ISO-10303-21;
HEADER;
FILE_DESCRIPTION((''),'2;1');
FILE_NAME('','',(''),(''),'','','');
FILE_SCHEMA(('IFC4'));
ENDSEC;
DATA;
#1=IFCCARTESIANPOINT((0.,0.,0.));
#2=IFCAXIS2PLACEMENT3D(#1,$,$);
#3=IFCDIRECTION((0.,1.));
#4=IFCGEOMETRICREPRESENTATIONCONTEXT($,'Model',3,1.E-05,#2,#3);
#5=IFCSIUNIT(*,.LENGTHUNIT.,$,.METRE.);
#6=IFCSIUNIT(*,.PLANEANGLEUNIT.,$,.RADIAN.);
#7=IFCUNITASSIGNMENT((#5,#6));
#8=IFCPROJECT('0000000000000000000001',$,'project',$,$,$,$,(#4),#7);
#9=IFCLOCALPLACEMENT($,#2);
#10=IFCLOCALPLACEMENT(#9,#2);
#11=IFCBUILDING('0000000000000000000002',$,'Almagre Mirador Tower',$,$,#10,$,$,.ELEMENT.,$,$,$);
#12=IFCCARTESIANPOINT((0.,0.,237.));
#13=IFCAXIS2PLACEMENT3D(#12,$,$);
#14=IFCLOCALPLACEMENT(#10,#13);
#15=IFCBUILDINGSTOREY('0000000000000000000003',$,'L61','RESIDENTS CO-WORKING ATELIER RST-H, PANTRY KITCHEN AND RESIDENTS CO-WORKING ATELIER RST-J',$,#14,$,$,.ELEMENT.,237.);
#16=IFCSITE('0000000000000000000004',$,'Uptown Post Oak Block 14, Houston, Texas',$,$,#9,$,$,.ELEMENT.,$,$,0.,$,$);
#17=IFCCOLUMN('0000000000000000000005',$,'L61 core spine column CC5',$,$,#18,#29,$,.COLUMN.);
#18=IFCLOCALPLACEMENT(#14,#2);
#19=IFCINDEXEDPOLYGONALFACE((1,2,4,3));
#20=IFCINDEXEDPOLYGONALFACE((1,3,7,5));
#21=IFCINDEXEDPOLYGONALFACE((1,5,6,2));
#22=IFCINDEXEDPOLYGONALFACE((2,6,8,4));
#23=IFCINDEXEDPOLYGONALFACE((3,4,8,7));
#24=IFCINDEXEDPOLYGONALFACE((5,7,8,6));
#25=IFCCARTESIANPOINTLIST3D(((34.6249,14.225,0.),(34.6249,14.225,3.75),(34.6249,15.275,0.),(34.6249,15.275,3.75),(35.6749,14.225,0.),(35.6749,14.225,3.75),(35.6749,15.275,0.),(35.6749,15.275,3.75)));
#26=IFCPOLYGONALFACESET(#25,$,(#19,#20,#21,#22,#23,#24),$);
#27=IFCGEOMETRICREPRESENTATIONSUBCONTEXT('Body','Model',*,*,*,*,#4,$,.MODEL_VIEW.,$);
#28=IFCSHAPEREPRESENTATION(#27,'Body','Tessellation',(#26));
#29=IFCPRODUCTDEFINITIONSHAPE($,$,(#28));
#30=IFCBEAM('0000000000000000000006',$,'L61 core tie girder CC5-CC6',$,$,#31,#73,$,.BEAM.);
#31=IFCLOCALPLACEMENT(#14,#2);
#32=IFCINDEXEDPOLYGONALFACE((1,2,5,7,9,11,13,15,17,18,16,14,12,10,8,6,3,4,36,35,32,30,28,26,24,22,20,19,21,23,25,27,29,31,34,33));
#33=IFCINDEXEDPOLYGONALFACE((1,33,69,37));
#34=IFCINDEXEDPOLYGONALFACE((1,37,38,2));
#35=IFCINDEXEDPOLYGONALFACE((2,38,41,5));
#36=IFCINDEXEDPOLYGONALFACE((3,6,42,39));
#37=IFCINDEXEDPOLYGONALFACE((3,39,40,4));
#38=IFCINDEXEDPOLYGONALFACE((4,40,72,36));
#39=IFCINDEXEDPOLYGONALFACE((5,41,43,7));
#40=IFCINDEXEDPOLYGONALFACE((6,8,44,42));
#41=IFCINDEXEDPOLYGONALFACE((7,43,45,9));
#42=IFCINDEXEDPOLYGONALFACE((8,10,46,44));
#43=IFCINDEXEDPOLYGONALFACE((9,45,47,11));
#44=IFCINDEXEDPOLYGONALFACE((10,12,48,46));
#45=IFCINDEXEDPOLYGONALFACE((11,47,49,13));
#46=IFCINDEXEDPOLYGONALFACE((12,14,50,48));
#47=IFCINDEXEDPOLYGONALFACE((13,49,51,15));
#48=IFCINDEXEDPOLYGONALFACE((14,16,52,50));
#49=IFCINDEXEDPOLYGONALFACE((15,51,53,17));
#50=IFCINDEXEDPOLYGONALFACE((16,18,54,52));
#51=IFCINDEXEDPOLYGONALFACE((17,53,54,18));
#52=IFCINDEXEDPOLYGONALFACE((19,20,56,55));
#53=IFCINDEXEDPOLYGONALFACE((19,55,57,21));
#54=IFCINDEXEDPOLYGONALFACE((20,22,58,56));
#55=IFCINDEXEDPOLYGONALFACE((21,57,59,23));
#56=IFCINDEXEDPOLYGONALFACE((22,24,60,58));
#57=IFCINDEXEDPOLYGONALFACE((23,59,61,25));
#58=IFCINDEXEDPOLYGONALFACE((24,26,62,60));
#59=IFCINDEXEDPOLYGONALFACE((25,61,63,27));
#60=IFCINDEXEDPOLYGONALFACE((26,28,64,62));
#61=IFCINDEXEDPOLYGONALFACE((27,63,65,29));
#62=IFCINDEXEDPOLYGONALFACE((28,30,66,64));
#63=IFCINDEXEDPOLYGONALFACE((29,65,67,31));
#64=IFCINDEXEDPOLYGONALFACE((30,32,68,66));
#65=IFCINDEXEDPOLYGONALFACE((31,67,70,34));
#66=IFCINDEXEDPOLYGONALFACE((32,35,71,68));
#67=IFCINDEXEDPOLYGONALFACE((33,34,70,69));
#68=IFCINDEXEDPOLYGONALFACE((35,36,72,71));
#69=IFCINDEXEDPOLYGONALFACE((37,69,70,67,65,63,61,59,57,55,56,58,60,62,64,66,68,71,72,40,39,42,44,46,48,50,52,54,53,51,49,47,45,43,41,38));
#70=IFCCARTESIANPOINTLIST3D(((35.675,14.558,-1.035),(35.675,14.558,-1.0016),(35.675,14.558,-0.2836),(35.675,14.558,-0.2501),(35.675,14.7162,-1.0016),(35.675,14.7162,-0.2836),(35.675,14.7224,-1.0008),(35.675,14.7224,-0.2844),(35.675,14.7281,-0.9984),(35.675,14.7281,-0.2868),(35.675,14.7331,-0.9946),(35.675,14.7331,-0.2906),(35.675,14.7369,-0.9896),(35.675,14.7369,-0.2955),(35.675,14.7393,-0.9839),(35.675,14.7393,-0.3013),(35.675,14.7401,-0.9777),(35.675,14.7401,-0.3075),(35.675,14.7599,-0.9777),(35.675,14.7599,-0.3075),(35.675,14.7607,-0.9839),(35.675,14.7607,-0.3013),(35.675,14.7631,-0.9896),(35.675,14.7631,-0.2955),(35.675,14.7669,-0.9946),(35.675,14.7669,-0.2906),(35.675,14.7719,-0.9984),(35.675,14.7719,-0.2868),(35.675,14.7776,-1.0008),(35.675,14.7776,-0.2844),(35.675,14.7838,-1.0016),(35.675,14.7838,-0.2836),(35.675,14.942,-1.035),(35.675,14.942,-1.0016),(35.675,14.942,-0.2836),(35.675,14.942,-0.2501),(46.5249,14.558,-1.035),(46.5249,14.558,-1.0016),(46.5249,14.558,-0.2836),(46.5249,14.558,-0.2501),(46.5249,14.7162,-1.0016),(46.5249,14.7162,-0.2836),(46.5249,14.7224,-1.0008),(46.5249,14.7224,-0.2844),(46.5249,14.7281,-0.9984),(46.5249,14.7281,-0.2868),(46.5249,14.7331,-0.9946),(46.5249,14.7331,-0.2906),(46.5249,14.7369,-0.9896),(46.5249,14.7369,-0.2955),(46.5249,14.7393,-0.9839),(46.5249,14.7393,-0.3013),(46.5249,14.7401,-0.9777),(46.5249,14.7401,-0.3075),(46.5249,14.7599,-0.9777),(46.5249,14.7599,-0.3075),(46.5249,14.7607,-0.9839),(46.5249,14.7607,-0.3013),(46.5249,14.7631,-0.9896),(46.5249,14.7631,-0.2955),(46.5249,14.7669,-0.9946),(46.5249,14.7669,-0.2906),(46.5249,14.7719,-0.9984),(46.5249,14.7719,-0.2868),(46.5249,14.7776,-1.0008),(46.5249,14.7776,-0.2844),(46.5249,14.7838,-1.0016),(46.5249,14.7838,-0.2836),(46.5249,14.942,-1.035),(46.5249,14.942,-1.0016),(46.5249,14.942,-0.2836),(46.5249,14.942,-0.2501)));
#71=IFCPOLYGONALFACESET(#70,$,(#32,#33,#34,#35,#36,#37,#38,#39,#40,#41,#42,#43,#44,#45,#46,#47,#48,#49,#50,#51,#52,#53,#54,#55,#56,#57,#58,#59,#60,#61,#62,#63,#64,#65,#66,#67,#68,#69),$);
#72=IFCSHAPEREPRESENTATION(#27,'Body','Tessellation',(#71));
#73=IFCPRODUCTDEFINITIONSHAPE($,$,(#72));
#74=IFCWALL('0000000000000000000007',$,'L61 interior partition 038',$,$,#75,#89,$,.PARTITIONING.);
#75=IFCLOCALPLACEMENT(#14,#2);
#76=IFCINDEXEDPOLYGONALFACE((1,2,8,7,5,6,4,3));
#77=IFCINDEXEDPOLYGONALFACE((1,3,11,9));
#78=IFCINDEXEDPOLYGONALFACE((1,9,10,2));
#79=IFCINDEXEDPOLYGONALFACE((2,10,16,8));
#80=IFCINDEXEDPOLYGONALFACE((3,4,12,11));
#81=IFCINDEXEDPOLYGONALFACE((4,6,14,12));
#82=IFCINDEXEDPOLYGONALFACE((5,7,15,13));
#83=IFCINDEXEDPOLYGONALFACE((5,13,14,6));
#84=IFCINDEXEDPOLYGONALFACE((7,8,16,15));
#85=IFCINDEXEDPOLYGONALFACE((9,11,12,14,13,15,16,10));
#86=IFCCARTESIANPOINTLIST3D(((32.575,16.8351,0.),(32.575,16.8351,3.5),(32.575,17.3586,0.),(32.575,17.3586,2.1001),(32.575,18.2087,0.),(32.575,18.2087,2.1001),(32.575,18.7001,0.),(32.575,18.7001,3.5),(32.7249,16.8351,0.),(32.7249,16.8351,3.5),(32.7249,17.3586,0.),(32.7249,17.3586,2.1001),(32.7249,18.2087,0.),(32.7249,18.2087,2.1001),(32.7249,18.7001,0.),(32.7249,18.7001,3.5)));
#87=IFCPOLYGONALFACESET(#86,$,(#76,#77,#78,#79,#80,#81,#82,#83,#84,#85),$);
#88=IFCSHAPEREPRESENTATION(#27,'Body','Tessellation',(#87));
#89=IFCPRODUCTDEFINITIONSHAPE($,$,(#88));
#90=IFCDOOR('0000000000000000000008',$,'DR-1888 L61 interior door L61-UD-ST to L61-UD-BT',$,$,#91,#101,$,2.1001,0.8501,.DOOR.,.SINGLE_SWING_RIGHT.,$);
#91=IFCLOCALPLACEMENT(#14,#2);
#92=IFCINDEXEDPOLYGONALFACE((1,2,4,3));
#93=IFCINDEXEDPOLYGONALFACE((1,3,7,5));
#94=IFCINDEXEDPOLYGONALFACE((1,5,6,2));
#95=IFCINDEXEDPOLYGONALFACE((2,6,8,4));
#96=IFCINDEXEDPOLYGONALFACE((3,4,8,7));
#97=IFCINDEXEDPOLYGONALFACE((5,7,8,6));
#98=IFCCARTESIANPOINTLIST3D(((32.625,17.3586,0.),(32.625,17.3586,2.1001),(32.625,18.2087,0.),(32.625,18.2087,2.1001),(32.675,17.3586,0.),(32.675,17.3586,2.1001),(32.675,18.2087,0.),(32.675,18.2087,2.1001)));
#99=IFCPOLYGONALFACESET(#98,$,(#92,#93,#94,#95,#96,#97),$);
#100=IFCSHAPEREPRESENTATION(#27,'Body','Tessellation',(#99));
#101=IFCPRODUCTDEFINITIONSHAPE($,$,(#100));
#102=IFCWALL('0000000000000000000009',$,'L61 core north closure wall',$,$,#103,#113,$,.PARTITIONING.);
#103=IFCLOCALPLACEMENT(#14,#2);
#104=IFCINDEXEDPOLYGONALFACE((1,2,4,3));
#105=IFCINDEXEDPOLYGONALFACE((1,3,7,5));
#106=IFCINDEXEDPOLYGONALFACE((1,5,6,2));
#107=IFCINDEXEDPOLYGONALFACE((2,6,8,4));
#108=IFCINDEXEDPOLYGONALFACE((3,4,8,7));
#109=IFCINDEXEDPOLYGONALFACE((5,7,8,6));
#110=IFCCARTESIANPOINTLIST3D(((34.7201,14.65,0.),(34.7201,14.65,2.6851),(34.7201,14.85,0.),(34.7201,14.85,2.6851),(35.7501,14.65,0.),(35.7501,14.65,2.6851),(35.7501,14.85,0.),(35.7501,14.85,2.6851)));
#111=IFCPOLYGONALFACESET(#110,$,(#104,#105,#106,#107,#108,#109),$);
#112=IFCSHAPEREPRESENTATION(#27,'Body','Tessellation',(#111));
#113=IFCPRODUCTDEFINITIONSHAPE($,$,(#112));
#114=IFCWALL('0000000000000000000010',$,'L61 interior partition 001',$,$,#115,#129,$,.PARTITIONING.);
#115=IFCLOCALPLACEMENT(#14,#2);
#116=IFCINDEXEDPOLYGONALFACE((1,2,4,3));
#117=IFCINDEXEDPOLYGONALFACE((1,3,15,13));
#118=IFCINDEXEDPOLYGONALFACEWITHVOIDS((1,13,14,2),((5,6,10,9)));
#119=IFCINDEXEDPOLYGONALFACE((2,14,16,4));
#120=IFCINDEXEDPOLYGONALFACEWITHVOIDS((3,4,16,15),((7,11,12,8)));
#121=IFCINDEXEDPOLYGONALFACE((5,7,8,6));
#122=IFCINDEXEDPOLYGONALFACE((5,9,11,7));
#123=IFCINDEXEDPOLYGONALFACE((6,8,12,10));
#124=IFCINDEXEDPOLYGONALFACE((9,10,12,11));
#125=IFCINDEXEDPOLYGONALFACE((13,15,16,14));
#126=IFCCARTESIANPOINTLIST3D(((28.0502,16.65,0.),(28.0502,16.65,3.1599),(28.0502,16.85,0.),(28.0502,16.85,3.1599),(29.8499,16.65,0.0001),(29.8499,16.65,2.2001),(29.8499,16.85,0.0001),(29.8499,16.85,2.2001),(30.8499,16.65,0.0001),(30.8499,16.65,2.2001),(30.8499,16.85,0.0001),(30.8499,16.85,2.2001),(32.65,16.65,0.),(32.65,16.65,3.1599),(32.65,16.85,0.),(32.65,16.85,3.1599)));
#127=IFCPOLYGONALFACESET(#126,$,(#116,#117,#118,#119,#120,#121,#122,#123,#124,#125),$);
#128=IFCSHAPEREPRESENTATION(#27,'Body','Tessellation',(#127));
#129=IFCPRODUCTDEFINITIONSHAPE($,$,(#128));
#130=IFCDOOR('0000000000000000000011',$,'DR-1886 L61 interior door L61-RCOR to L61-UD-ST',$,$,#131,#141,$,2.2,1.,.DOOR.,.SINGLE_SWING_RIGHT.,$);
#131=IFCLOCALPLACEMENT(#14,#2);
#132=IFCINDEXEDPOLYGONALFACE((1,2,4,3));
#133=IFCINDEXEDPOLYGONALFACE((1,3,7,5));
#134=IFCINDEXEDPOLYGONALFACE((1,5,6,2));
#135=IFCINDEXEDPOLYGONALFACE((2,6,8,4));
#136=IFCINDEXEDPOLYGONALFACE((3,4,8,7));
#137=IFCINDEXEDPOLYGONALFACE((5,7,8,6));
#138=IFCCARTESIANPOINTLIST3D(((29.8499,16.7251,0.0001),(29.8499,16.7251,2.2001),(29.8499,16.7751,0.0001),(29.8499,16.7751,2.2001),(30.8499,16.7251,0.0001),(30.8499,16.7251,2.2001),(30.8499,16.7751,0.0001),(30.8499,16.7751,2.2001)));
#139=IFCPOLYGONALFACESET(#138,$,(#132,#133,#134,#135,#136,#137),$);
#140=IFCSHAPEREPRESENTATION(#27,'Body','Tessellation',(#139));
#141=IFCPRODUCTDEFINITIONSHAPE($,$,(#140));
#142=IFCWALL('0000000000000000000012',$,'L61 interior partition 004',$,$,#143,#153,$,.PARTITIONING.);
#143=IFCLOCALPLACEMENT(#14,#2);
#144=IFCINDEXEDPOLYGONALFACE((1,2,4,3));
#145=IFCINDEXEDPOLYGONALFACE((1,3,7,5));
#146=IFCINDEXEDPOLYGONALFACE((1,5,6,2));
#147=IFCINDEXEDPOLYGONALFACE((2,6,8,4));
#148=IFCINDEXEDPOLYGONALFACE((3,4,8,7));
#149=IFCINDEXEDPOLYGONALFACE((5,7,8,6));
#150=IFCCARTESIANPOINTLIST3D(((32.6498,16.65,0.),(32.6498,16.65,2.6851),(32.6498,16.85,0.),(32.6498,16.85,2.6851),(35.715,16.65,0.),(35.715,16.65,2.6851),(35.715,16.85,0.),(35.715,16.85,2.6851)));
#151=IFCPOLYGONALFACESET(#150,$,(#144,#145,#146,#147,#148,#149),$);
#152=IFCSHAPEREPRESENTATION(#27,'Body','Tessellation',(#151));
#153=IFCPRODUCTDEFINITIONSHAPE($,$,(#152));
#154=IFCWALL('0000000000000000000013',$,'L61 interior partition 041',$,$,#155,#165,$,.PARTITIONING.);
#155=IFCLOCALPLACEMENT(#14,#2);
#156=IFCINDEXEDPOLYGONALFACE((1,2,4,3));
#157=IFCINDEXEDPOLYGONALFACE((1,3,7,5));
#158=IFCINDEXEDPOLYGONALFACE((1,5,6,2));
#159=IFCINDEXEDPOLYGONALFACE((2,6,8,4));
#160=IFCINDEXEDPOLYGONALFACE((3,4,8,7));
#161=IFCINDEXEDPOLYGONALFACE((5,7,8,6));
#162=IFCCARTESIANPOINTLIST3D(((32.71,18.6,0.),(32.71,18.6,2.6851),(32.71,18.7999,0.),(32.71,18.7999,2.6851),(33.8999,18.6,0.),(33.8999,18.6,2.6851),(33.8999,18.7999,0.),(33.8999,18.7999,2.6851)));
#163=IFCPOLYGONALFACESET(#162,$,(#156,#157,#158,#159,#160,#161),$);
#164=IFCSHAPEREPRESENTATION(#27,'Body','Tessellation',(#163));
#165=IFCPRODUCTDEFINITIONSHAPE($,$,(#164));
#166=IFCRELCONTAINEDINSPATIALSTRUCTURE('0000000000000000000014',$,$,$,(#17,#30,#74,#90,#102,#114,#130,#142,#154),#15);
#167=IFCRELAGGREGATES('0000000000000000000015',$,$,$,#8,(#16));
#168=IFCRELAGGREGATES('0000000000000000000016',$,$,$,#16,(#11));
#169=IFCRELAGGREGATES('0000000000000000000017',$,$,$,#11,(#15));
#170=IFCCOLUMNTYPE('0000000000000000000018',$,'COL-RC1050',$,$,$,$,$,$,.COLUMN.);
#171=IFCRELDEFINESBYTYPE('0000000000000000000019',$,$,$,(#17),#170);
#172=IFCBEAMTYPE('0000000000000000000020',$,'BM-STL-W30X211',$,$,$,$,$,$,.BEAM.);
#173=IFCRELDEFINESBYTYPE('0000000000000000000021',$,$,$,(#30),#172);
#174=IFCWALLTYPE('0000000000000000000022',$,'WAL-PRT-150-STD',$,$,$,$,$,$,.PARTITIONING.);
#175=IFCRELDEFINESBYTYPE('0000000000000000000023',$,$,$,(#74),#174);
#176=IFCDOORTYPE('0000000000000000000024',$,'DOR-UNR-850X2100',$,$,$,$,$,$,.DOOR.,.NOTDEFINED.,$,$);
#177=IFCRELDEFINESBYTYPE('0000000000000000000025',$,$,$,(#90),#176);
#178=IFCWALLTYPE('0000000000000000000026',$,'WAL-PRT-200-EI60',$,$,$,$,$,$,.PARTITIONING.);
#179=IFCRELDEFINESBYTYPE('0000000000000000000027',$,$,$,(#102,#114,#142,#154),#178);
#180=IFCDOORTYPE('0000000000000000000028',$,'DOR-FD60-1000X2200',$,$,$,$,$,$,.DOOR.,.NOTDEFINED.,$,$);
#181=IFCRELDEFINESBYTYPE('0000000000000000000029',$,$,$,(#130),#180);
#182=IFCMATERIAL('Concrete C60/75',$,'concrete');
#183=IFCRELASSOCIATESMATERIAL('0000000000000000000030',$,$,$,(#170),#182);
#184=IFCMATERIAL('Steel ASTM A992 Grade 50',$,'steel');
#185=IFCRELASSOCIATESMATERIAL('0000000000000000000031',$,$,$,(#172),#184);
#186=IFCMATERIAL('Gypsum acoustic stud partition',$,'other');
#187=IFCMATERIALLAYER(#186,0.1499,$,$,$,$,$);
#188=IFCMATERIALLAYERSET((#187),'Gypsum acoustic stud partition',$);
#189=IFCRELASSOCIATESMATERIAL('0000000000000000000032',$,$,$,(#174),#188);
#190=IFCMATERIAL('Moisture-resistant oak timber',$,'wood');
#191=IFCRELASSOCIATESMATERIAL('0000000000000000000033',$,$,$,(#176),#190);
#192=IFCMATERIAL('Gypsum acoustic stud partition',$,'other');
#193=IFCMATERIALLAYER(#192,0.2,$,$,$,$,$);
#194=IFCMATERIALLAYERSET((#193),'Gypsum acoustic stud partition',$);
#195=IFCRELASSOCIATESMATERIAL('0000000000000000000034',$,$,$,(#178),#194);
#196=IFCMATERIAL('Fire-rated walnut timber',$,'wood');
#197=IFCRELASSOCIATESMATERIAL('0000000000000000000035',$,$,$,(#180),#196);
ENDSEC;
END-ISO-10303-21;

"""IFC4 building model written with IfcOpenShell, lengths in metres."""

from ifc_helpers import new_model, si_unit, direction, frame, frame_2d, origin, origin_2d, place, context, subcontext, project, spatial, rectangle, i_section, extrude, material, layer, layer_set, material_profile, profile_set, type_object, element, fill, save


model = new_model("IFC4")

# Units and contexts
model_context = context("Model", 3, precision=1e-05, world=origin(), true_north=direction((0.0, 1.0)))
body_context = subcontext(model_context, "Body", "Model", "MODEL_VIEW")
ifc_project = project(units=[si_unit("LENGTHUNIT", "METRE"), si_unit("PLANEANGLEUNIT", "RADIAN")], contexts=[model_context])

# Site, building, storey
site_placement = place(None, origin())
site = spatial("IfcSite", under=ifc_project, at=site_placement, Name="Uptown Post Oak Block 14, Houston, Texas", CompositionType="ELEMENT", RefElevation=0.0)
building_placement = place(site_placement, origin())
building = spatial("IfcBuilding", under=site, at=building_placement, Name="Almagre Mirador Tower", CompositionType="ELEMENT")
storey_placement = place(building_placement, frame((0.0, 0.0, 237.0)))
storey = spatial("IfcBuildingStorey", under=building, at=storey_placement, Name="L61", Description="RESIDENTS CO-WORKING ATELIER RST-H, PANTRY KITCHEN AND RESIDENTS CO-WORKING ATELIER RST-J", CompositionType="ELEMENT", Elevation=237.0)

# Column
ifc_material_1 = material(Name="Concrete C60/75", Category="concrete")
ifc_material_profile_1 = material_profile(ifc_material_1, rectangle(XDim=1.05, YDim=1.05, at=origin_2d()), Name="RC1050X1050")
ifc_profile_set_1 = profile_set([ifc_material_profile_1], Name="Concrete C60/75")
column_type = type_object("IfcColumnType", Name="COL-RC1050", PredefinedType="COLUMN", material=ifc_profile_set_1)
column_placement = place(storey_placement, frame((35.1499, 14.75, 0.0), z_axis=(0.0, 0.0, 1.0), x_axis=(1.0, 0.0, 0.0)))
element("IfcColumn", 1, at=column_placement, inside=storey, type_object=column_type, Name="L61 core spine column CC5", PredefinedType="COLUMN", context=body_context, shape_type="SweptSolid", body=[
    extrude(rectangle(XDim=1.05, YDim=1.05, at=origin_2d()), origin(), (0.0, 0.0, 1.0), 3.75),
])

# Beam
ifc_material_2 = material(Name="Steel ASTM A992 Grade 50", Category="steel")
ifc_material_profile_2 = material_profile(ifc_material_2, i_section(OverallWidth=0.384, OverallDepth=0.7849, WebThickness=0.0198, FlangeThickness=0.0334, FilletRadius=0.0239, at=origin_2d()), Name="W30X211")
ifc_profile_set_2 = profile_set([ifc_material_profile_2], Name="Steel ASTM A992 Grade 50")
beam_type = type_object("IfcBeamType", Name="BM-STL-W30X211", PredefinedType="BEAM", material=ifc_profile_set_2)
beam_placement = place(storey_placement, frame((35.675, 14.75, -0.6426), z_axis=(1.0, 0.0, 0.0), x_axis=(0.0, 1.0, 0.0)))
element("IfcBeam", 2, at=beam_placement, inside=storey, type_object=beam_type, Name="L61 core tie girder CC5-CC6", PredefinedType="BEAM", context=body_context, shape_type="SweptSolid", body=[
    extrude(i_section(OverallWidth=0.384, OverallDepth=0.7849, WebThickness=0.0198, FlangeThickness=0.0334, FilletRadius=0.0239, at=origin_2d()), origin(), (0.0, 0.0, 1.0), 10.8499),
])

# Wall, opening, door
ifc_material_3 = material(Name="Gypsum acoustic stud partition", Category="other")
ifc_layer_1 = layer(ifc_material_3, 0.1499)
ifc_layer_set_1 = layer_set([ifc_layer_1], Name="Gypsum acoustic stud partition")
wall_type_1 = type_object("IfcWallType", Name="WAL-PRT-150-STD", PredefinedType="PARTITIONING", material=ifc_layer_set_1)
wall_1_placement = place(storey_placement, frame((32.6499, 16.835, 0.0), z_axis=(0.0, 0.0, 1.0), x_axis=(0.0, 1.0, 0.0)))
wall_1 = element("IfcWall", 3, at=wall_1_placement, inside=storey, type_object=wall_type_1, Name="L61 interior partition 038", PredefinedType="PARTITIONING", context=body_context, shape_type="SweptSolid", body=[
    extrude(rectangle(XDim=1.865, YDim=0.1499, at=frame_2d((0.9326, 0.0))), origin(), (0.0, 0.0, 1.0), 3.5),
])
opening_1_placement = place(wall_1_placement, frame((0.5237, 0.0, 0.0)))
opening_1 = element("IfcOpeningElement", 4, at=opening_1_placement, cuts=wall_1, PredefinedType="OPENING", context=body_context, shape_type="SweptSolid", body=[
    extrude(rectangle(XDim=0.8501, YDim=2.1001, at=frame_2d((0.425, 1.05))), frame((0.0, 0.085, 0.0), z_axis=(0.0, -1.0, 0.0), x_axis=(1.0, 0.0, 0.0)), (0.0, 0.0, 1.0), 0.1699),
])
ifc_material_4 = material(Name="Moisture-resistant oak timber", Category="wood")
door_type_1 = type_object("IfcDoorType", Name="DOR-UNR-850X2100", OperationType="NOTDEFINED", PredefinedType="DOOR", material=ifc_material_4)
door_1_placement = place(opening_1_placement, origin())
door_1 = element("IfcDoor", 5, at=door_1_placement, inside=storey, type_object=door_type_1, Name="DR-1888 L61 interior door L61-UD-ST to L61-UD-BT", OperationType="SINGLE_SWING_RIGHT", OverallHeight=2.1001, OverallWidth=0.8501, PredefinedType="DOOR", context=body_context, shape_type="SweptSolid", body=[
    extrude(rectangle(XDim=0.8501, YDim=2.1001, at=frame_2d((0.425, 1.05))), frame((0.0, 0.0249, 0.0), z_axis=(0.0, -1.0, 0.0), x_axis=(1.0, 0.0, 0.0)), (0.0, 0.0, 1.0), 0.05),
])
fill(opening_1, door_1)

# Wall
ifc_material_5 = material(Name="Gypsum acoustic stud partition", Category="other")
ifc_layer_2 = layer(ifc_material_5, 0.2)
ifc_layer_set_2 = layer_set([ifc_layer_2], Name="Gypsum acoustic stud partition")
wall_type_2 = type_object("IfcWallType", Name="WAL-PRT-200-EI60", PredefinedType="PARTITIONING", material=ifc_layer_set_2)
wall_2_placement = place(storey_placement, frame((34.72, 14.75, 0.0), z_axis=(0.0, 0.0, 1.0), x_axis=(1.0, 0.0, 0.0)))
element("IfcWall", 6, at=wall_2_placement, inside=storey, type_object=wall_type_2, Name="L61 core north closure wall", PredefinedType="PARTITIONING", context=body_context, shape_type="SweptSolid", body=[
    extrude(rectangle(XDim=1.03, YDim=0.2, at=frame_2d((0.5151, 0.0))), origin(), (0.0, 0.0, 1.0), 2.6851),
])

# Wall, opening, door
wall_3_placement = place(storey_placement, frame((32.6499, 16.75, 0.0), z_axis=(0.0, 0.0, 1.0), x_axis=(-1.0, 0.0, 0.0)))
wall_3 = element("IfcWall", 7, at=wall_3_placement, inside=storey, type_object=wall_type_2, Name="L61 interior partition 001", PredefinedType="PARTITIONING", context=body_context, shape_type="SweptSolid", body=[
    extrude(rectangle(XDim=4.5999, YDim=0.2, at=frame_2d((2.2998, 0.0))), origin(), (0.0, 0.0, 1.0), 3.1599),
])
opening_2_placement = place(wall_3_placement, frame((1.8, 0.0, 0.0)))
opening_2 = element("IfcOpeningElement", 8, at=opening_2_placement, cuts=wall_3, PredefinedType="OPENING", context=body_context, shape_type="SweptSolid", body=[
    extrude(rectangle(XDim=1.0, YDim=2.2, at=frame_2d((0.5, 1.1001))), frame((0.0, 0.1101, 0.0), z_axis=(0.0, -1.0, 0.0), x_axis=(1.0, 0.0, 0.0)), (0.0, 0.0, 1.0), 0.22),
])
ifc_material_6 = material(Name="Fire-rated walnut timber", Category="wood")
door_type_2 = type_object("IfcDoorType", Name="DOR-FD60-1000X2200", OperationType="NOTDEFINED", PredefinedType="DOOR", material=ifc_material_6)
door_2_placement = place(opening_2_placement, origin())
door_2 = element("IfcDoor", 9, at=door_2_placement, inside=storey, type_object=door_type_2, Name="DR-1886 L61 interior door L61-RCOR to L61-UD-ST", OperationType="SINGLE_SWING_RIGHT", OverallHeight=2.2, OverallWidth=1.0, PredefinedType="DOOR", context=body_context, shape_type="SweptSolid", body=[
    extrude(rectangle(XDim=1.0, YDim=2.2, at=frame_2d((0.5, 1.1001))), frame((0.0, 0.0249, 0.0), z_axis=(0.0, -1.0, 0.0), x_axis=(1.0, 0.0, 0.0)), (0.0, 0.0, 1.0), 0.05),
])
fill(opening_2, door_2)

# Walls
wall_4_placement = place(storey_placement, frame((35.7151, 16.75, 0.0), z_axis=(0.0, 0.0, 1.0), x_axis=(-1.0, 0.0, 0.0)))
element("IfcWall", 10, at=wall_4_placement, inside=storey, type_object=wall_type_2, Name="L61 interior partition 004", PredefinedType="PARTITIONING", context=body_context, shape_type="SweptSolid", body=[
    extrude(rectangle(XDim=3.0652, YDim=0.2, at=frame_2d((1.5327, 0.0))), origin(), (0.0, 0.0, 1.0), 2.6851),
])
wall_5_placement = place(storey_placement, frame((33.8999, 18.7, 0.0), z_axis=(0.0, 0.0, 1.0), x_axis=(-1.0, 0.0, 0.0)))
element("IfcWall", 11, at=wall_5_placement, inside=storey, type_object=wall_type_2, Name="L61 interior partition 041", PredefinedType="PARTITIONING", context=body_context, shape_type="SweptSolid", body=[
    extrude(rectangle(XDim=1.1899, YDim=0.2, at=frame_2d((0.595, 0.0))), origin(), (0.0, 0.0, 1.0), 2.6851),
])

save(model, "model.ifc")
